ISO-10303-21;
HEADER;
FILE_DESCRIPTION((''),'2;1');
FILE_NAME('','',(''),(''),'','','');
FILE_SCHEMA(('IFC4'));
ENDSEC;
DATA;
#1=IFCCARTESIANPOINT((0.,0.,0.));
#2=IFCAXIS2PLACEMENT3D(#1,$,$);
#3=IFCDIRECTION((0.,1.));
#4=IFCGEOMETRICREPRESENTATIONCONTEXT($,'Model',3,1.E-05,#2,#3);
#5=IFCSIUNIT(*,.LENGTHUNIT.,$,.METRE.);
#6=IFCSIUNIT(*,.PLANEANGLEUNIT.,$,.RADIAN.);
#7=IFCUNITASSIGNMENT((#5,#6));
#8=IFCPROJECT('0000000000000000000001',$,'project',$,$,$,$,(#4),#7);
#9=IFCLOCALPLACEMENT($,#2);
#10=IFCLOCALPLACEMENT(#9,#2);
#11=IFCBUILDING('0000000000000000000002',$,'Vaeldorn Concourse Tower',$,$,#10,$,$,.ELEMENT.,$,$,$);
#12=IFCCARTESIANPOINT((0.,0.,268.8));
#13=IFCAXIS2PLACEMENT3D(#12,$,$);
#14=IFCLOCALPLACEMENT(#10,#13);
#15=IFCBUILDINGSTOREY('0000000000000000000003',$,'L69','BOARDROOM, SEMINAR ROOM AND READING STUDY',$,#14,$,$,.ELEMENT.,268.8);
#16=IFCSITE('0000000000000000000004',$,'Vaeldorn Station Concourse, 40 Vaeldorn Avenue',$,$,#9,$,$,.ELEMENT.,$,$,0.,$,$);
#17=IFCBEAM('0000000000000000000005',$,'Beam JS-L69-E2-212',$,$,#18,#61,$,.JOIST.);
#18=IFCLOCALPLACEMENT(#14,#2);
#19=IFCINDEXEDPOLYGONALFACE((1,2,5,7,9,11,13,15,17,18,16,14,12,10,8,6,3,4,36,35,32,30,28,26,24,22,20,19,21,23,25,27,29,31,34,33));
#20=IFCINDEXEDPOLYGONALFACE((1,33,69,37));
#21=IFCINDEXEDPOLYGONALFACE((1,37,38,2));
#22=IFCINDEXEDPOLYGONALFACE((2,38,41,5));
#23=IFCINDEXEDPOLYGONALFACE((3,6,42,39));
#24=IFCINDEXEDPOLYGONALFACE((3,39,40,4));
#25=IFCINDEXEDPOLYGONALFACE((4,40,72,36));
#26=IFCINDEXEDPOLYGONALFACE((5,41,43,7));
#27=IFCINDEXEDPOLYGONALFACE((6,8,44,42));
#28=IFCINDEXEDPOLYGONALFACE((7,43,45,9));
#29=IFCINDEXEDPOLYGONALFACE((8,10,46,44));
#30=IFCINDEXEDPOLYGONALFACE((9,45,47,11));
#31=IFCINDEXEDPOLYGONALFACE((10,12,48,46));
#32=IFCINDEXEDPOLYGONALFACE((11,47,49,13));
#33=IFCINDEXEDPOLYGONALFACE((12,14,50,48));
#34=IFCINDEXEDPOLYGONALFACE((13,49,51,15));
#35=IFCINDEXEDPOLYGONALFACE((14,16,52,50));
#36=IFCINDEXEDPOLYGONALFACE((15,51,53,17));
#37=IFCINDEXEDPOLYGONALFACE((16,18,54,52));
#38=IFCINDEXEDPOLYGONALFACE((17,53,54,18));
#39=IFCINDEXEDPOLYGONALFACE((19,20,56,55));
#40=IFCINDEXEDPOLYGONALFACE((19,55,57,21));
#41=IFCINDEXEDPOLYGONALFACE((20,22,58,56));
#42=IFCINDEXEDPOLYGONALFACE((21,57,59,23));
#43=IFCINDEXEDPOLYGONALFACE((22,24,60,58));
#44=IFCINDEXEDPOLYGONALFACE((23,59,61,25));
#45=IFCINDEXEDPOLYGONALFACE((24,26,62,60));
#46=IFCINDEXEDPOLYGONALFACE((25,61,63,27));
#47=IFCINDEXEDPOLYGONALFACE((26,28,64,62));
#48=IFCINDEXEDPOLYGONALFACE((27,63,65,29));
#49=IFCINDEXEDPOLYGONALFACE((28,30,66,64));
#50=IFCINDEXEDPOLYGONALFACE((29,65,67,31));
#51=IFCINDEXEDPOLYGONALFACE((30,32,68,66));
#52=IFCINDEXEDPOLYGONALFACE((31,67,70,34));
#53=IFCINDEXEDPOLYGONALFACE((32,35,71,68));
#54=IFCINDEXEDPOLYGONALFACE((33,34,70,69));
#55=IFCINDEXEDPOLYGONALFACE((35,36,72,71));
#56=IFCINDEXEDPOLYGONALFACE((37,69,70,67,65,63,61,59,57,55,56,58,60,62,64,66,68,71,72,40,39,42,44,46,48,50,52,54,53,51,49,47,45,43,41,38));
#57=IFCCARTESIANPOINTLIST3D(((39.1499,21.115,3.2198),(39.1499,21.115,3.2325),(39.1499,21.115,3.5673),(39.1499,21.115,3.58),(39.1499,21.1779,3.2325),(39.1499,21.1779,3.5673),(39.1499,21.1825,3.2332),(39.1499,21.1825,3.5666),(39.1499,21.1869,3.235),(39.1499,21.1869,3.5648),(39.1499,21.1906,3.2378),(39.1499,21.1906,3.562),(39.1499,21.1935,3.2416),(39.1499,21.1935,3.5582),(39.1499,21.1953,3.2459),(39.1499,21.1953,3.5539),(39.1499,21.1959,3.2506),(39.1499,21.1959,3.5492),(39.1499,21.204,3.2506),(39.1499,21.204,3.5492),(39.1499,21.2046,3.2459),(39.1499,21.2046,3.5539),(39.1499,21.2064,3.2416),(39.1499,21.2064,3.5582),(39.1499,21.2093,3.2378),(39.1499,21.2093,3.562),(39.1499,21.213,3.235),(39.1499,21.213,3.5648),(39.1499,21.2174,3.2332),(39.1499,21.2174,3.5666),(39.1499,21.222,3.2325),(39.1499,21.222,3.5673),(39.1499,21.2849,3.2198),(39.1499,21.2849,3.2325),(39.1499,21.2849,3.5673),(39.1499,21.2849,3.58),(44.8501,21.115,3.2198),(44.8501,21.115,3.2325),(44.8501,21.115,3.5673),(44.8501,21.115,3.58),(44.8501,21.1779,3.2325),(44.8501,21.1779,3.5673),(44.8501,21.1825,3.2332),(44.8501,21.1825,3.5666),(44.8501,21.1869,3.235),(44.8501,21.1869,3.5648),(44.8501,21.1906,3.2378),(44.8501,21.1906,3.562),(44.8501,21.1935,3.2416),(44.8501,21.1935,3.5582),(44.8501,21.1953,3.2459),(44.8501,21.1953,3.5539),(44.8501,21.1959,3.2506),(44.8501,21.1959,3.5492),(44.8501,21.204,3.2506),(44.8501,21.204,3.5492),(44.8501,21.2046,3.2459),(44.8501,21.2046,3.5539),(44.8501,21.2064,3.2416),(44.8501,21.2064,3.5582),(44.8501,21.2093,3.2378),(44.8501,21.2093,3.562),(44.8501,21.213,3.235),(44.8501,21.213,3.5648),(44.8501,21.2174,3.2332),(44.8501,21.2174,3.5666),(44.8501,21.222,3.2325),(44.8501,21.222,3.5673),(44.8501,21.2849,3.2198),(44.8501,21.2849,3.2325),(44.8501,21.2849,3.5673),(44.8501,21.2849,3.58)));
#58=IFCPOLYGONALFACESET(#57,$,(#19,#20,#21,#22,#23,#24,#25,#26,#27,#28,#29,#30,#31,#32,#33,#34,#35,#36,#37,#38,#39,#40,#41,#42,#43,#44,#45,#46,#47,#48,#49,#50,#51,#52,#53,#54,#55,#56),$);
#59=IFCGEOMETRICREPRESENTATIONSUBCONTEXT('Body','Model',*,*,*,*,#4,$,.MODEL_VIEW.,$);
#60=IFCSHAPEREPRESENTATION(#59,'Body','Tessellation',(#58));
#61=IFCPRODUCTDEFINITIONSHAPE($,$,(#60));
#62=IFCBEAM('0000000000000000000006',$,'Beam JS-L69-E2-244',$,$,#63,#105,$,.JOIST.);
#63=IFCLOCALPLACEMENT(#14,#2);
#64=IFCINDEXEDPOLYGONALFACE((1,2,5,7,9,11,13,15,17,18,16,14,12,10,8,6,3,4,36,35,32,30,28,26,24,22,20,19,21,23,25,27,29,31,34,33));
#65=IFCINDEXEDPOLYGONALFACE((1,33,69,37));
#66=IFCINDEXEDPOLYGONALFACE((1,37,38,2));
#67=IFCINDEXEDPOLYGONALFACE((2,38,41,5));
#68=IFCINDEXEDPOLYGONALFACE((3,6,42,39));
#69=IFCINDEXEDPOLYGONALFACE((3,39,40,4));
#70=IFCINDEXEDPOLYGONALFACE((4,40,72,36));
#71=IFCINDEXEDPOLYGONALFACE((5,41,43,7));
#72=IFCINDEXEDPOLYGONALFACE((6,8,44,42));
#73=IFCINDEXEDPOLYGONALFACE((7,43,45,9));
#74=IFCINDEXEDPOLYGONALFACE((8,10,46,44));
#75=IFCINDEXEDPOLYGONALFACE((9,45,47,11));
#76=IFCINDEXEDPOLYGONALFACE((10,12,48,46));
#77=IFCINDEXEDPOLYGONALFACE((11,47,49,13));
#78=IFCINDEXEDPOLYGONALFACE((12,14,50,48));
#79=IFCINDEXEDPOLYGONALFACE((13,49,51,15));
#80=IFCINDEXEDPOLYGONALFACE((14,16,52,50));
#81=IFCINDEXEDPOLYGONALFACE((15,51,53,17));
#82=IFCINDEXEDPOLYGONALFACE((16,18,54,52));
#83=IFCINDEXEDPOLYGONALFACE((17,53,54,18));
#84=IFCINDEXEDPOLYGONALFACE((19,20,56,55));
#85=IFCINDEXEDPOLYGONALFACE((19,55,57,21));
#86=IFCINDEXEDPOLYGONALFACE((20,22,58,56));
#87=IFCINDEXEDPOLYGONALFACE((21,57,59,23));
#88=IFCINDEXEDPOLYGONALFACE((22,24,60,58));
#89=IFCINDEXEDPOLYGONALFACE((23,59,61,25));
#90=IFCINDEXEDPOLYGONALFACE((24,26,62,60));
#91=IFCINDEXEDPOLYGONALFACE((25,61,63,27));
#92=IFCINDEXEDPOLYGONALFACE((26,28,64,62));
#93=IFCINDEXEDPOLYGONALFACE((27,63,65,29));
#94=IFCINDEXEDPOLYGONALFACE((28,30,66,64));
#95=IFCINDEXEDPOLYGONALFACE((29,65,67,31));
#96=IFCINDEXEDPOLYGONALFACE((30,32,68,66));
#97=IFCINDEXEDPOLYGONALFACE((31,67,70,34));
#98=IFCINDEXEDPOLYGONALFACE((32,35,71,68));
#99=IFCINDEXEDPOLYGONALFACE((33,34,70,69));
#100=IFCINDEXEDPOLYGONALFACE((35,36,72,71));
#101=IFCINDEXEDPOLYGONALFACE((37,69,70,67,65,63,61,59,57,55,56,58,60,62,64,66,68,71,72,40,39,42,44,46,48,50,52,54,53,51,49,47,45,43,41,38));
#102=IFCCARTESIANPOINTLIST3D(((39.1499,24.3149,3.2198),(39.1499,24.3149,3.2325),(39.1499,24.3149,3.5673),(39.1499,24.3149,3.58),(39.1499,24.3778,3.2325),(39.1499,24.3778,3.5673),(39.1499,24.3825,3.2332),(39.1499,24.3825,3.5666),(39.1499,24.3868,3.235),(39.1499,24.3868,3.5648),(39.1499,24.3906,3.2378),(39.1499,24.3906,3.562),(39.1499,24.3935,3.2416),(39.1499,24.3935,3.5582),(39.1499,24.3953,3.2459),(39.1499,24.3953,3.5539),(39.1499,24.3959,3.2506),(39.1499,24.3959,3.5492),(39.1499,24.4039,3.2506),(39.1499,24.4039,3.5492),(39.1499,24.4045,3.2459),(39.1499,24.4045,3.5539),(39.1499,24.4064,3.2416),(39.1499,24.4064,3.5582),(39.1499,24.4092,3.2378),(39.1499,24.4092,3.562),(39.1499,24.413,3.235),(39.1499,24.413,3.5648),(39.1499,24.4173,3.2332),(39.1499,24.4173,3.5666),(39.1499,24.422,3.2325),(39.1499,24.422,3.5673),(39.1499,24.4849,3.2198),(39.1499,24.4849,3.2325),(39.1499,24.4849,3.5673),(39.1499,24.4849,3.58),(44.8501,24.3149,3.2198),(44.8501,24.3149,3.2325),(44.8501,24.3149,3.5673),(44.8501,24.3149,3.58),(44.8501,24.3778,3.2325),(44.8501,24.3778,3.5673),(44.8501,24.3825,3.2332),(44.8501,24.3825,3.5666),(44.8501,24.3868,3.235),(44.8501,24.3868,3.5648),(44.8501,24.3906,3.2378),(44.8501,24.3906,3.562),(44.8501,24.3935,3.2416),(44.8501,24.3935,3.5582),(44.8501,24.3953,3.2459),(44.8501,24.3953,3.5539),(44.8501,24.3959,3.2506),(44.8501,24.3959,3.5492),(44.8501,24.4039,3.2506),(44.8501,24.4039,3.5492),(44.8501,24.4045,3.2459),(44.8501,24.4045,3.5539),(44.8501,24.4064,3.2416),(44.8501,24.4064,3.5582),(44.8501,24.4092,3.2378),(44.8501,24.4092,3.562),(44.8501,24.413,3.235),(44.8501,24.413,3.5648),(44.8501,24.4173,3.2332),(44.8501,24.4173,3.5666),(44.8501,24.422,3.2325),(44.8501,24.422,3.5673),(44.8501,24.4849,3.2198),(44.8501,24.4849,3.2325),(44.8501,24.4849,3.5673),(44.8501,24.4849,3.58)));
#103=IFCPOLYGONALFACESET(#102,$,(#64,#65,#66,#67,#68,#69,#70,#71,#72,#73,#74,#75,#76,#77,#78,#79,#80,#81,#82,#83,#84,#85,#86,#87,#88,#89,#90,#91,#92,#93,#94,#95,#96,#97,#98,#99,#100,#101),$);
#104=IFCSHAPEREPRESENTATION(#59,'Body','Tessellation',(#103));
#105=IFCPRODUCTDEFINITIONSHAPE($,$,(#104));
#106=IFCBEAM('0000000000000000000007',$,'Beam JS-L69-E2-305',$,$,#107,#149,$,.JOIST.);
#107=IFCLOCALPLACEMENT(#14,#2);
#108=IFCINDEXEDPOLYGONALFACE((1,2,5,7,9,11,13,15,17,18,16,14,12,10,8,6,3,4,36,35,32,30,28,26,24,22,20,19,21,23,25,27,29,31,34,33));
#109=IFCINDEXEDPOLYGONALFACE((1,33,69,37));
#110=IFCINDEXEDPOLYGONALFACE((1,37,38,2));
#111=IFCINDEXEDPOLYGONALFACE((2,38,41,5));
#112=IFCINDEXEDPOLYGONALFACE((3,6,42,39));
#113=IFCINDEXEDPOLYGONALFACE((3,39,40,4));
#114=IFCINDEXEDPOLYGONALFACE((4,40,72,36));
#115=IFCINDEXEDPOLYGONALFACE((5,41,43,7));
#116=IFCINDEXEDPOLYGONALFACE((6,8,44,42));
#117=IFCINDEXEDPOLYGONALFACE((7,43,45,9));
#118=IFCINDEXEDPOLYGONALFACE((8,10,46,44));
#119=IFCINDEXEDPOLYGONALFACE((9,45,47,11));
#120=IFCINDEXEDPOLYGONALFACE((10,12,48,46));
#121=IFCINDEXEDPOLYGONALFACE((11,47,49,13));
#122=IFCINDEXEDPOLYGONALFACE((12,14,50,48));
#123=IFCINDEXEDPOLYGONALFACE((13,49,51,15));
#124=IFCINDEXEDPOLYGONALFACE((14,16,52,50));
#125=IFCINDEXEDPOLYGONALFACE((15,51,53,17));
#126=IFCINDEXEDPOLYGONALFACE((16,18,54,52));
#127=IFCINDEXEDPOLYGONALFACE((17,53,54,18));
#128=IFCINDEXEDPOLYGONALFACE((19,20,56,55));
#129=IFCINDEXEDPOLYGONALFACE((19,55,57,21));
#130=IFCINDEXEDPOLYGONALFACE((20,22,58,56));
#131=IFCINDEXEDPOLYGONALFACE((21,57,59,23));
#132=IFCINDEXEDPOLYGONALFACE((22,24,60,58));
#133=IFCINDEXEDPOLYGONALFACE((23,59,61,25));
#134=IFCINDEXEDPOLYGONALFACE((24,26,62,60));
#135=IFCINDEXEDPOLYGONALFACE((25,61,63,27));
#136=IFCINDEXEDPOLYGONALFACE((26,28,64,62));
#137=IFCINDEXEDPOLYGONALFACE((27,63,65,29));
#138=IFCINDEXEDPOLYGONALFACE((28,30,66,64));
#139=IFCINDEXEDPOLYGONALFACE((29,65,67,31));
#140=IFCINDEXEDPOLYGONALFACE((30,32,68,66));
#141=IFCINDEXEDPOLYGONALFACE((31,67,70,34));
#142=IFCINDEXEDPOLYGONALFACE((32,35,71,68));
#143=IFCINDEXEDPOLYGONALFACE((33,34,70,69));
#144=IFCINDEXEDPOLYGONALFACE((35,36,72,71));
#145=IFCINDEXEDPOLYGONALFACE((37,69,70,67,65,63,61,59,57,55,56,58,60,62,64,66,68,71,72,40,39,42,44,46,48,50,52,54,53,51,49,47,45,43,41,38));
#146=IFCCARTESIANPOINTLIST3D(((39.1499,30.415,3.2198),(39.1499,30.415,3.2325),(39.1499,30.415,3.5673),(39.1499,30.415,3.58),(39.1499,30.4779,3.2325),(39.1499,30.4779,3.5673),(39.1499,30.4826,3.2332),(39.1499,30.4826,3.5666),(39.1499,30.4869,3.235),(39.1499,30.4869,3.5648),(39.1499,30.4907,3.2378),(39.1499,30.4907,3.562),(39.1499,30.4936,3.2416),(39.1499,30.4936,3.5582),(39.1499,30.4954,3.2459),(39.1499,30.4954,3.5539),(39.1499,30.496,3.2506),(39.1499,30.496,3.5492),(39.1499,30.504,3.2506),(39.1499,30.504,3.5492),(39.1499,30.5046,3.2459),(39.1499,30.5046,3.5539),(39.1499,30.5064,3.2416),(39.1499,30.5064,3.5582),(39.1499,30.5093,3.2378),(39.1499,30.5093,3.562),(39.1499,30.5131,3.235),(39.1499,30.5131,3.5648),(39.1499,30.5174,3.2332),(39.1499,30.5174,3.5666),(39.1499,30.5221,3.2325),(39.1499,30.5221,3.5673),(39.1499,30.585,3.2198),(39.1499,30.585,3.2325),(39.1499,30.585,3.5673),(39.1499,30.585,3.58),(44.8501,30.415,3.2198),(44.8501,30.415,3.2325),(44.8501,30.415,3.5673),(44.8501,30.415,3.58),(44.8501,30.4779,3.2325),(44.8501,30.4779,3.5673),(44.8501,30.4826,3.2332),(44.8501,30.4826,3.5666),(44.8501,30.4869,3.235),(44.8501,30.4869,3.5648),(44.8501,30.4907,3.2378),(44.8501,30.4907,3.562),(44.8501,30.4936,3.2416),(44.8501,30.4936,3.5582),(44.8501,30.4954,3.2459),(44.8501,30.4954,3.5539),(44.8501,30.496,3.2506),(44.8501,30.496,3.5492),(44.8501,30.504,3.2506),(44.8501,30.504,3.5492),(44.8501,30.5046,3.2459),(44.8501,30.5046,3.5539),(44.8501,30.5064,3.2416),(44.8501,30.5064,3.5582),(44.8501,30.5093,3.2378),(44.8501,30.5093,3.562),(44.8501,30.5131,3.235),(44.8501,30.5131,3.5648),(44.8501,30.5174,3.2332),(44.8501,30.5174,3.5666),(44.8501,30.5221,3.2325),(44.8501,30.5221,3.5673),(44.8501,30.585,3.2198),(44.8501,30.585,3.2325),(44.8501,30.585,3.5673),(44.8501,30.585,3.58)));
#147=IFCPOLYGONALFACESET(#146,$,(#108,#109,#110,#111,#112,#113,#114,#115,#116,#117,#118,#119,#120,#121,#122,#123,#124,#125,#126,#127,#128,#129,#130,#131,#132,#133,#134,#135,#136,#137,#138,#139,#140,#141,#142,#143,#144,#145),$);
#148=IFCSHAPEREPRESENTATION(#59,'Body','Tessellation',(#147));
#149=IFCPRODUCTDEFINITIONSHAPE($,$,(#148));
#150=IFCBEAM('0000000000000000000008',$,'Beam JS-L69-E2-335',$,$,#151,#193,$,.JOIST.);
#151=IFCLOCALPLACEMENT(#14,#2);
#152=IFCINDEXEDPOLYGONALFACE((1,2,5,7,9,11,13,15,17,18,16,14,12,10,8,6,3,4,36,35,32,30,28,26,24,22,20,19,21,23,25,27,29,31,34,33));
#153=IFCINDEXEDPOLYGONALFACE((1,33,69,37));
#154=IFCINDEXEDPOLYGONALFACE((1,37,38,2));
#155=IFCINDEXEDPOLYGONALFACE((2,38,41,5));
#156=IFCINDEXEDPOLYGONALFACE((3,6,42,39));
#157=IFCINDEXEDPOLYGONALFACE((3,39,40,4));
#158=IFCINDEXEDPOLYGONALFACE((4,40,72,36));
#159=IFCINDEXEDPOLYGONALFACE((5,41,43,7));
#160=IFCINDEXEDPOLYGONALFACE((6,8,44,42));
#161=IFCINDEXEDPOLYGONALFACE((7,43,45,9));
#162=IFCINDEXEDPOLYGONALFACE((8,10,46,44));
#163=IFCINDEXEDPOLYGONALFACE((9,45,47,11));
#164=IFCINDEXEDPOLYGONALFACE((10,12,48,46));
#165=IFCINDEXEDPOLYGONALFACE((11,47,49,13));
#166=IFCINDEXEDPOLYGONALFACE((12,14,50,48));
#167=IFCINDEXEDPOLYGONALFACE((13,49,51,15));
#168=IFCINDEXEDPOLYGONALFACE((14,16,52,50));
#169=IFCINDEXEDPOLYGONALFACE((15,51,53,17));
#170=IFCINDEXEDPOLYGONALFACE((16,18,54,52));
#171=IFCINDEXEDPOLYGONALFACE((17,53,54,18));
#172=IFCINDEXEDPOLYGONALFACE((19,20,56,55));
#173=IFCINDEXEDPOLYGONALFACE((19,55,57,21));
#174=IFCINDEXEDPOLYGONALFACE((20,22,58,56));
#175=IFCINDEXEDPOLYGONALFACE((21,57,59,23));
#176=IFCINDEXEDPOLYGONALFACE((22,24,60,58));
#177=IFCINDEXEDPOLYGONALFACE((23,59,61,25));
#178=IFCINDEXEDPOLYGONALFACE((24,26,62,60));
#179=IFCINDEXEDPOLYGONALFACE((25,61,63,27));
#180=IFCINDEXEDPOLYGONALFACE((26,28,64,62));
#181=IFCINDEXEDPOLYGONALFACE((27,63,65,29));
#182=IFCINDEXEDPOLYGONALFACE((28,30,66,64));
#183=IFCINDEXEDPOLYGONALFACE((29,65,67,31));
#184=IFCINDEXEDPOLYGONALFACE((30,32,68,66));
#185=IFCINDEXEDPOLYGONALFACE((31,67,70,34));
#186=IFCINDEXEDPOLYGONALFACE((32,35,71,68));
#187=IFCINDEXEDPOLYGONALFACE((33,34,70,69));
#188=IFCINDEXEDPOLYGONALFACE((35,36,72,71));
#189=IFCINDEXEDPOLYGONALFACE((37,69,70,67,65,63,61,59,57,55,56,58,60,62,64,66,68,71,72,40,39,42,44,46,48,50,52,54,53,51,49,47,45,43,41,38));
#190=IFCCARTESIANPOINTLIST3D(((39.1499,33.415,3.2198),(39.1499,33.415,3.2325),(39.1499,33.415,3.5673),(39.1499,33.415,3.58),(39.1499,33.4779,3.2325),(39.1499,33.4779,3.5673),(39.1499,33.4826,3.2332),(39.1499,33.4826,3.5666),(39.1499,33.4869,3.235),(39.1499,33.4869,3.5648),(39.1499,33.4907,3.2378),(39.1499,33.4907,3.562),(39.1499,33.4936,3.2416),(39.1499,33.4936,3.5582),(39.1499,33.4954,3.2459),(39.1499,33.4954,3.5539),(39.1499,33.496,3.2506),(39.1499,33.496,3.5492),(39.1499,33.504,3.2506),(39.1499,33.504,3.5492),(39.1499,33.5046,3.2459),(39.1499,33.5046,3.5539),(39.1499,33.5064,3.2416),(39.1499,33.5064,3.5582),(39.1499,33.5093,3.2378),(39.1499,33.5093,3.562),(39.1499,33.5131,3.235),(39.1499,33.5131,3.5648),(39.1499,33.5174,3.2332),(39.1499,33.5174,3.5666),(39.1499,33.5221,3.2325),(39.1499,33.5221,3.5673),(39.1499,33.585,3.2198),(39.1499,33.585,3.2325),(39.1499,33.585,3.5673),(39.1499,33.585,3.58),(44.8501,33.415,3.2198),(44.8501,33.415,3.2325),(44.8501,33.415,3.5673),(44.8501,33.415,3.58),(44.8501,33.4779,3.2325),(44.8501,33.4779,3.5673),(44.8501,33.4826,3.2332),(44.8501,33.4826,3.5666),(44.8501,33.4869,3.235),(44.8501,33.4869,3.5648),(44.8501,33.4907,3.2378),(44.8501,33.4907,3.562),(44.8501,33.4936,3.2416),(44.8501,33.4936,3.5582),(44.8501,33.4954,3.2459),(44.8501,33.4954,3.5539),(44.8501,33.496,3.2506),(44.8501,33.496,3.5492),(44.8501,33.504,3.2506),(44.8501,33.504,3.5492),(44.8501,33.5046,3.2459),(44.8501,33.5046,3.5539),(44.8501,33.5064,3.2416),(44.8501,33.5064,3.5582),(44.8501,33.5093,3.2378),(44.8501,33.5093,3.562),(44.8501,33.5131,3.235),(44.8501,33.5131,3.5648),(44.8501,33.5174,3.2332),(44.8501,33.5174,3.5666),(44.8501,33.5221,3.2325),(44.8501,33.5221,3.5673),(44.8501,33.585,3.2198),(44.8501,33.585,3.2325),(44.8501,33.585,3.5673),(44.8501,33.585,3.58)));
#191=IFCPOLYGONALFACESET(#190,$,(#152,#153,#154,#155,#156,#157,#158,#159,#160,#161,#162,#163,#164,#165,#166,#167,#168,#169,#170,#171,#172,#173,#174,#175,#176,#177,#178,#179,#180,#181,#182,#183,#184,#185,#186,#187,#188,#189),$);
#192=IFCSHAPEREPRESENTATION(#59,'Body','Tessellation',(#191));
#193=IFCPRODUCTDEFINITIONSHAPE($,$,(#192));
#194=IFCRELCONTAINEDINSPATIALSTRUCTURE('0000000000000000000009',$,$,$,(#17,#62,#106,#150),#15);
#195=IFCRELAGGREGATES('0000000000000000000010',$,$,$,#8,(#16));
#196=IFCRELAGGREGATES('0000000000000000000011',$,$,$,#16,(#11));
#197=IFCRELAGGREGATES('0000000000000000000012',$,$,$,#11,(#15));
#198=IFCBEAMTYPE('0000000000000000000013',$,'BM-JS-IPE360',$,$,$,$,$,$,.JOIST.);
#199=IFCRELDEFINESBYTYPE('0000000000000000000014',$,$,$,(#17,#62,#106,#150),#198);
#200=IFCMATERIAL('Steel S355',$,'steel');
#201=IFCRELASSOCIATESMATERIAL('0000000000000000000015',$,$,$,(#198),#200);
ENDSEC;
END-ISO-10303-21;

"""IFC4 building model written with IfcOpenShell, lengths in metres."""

from ifc_helpers import new_model, si_unit, direction, frame, origin, origin_2d, place, context, subcontext, project, spatial, i_section, extrude, source, transform, mapped, material, material_profile, profile_set, type_object, element, save


model = new_model("IFC4")

# Units and contexts
model_context = context("Model", 3, precision=1e-05, world=origin(), true_north=direction((0.0, 1.0)))
body_context = subcontext(model_context, "Body", "Model", "MODEL_VIEW")
ifc_project = project(units=[si_unit("LENGTHUNIT", "METRE"), si_unit("PLANEANGLEUNIT", "RADIAN")], contexts=[model_context])

# Site, building, storey
site_placement = place(None, origin())
site = spatial("IfcSite", under=ifc_project, at=site_placement, Name="Vaeldorn Station Concourse, 40 Vaeldorn Avenue", CompositionType="ELEMENT", RefElevation=0.0)
building_placement = place(site_placement, origin())
building = spatial("IfcBuilding", under=site, at=building_placement, Name="Vaeldorn Concourse Tower", CompositionType="ELEMENT")
storey_placement = place(building_placement, frame((0.0, 0.0, 268.8)))
storey = spatial("IfcBuildingStorey", under=building, at=storey_placement, Name="L69", Description="BOARDROOM, SEMINAR ROOM AND READING STUDY", CompositionType="ELEMENT", Elevation=268.8)

# Shared definitions
ifc_material = material(Name="Steel S355", Category="steel")

# Beams
ifc_material_profile_1 = material_profile(ifc_material, i_section(OverallWidth=0.1699, OverallDepth=0.3601, WebThickness=0.0081, FlangeThickness=0.0127, FilletRadius=0.0181, at=origin_2d()), Name="IPE 360")
ifc_profile_set_1 = profile_set([ifc_material_profile_1], Name="Steel S355")
beam_type_1 = type_object("IfcBeamType", Name="BM-JS-IPE360", PredefinedType="JOIST", material=ifc_profile_set_1)
shared_shape_1 = source(origin(), body_context, "Body", "SweptSolid", [
    extrude(i_section(OverallWidth=0.1699, OverallDepth=0.3601, WebThickness=0.0081, FlangeThickness=0.0127, FilletRadius=0.0181, at=origin_2d()), origin(), (0.0, 0.0, 1.0), 5.7002),
])
for number, where, z_axis, x_axis, name in (
    (1, (39.1499, 21.2, 3.3999), (1.0, 0.0, 0.0), (0.0, 1.0, 0.0), "Beam JS-L69-E2-212"),
    (2, (39.1499, 24.3999, 3.3999), (1.0, 0.0, 0.0), (0.0, 1.0, 0.0), "Beam JS-L69-E2-244"),
    (3, (39.1499, 30.5, 3.3999), (1.0, 0.0, 0.0), (0.0, 1.0, 0.0), "Beam JS-L69-E2-305"),
    (4, (39.1499, 33.5, 3.3999), (1.0, 0.0, 0.0), (0.0, 1.0, 0.0), "Beam JS-L69-E2-335"),
):
    element("IfcBeam", number, at=place(storey_placement, frame(where, z_axis=z_axis, x_axis=x_axis)), inside=storey, type_object=beam_type_1, Name=name, PredefinedType="JOIST", context=body_context, shape_type="MappedRepresentation", body=[
        mapped(shared_shape_1, transform((0.0, 0.0, 0.0), scale=1.0)),
    ])

save(model, "model.ifc")
